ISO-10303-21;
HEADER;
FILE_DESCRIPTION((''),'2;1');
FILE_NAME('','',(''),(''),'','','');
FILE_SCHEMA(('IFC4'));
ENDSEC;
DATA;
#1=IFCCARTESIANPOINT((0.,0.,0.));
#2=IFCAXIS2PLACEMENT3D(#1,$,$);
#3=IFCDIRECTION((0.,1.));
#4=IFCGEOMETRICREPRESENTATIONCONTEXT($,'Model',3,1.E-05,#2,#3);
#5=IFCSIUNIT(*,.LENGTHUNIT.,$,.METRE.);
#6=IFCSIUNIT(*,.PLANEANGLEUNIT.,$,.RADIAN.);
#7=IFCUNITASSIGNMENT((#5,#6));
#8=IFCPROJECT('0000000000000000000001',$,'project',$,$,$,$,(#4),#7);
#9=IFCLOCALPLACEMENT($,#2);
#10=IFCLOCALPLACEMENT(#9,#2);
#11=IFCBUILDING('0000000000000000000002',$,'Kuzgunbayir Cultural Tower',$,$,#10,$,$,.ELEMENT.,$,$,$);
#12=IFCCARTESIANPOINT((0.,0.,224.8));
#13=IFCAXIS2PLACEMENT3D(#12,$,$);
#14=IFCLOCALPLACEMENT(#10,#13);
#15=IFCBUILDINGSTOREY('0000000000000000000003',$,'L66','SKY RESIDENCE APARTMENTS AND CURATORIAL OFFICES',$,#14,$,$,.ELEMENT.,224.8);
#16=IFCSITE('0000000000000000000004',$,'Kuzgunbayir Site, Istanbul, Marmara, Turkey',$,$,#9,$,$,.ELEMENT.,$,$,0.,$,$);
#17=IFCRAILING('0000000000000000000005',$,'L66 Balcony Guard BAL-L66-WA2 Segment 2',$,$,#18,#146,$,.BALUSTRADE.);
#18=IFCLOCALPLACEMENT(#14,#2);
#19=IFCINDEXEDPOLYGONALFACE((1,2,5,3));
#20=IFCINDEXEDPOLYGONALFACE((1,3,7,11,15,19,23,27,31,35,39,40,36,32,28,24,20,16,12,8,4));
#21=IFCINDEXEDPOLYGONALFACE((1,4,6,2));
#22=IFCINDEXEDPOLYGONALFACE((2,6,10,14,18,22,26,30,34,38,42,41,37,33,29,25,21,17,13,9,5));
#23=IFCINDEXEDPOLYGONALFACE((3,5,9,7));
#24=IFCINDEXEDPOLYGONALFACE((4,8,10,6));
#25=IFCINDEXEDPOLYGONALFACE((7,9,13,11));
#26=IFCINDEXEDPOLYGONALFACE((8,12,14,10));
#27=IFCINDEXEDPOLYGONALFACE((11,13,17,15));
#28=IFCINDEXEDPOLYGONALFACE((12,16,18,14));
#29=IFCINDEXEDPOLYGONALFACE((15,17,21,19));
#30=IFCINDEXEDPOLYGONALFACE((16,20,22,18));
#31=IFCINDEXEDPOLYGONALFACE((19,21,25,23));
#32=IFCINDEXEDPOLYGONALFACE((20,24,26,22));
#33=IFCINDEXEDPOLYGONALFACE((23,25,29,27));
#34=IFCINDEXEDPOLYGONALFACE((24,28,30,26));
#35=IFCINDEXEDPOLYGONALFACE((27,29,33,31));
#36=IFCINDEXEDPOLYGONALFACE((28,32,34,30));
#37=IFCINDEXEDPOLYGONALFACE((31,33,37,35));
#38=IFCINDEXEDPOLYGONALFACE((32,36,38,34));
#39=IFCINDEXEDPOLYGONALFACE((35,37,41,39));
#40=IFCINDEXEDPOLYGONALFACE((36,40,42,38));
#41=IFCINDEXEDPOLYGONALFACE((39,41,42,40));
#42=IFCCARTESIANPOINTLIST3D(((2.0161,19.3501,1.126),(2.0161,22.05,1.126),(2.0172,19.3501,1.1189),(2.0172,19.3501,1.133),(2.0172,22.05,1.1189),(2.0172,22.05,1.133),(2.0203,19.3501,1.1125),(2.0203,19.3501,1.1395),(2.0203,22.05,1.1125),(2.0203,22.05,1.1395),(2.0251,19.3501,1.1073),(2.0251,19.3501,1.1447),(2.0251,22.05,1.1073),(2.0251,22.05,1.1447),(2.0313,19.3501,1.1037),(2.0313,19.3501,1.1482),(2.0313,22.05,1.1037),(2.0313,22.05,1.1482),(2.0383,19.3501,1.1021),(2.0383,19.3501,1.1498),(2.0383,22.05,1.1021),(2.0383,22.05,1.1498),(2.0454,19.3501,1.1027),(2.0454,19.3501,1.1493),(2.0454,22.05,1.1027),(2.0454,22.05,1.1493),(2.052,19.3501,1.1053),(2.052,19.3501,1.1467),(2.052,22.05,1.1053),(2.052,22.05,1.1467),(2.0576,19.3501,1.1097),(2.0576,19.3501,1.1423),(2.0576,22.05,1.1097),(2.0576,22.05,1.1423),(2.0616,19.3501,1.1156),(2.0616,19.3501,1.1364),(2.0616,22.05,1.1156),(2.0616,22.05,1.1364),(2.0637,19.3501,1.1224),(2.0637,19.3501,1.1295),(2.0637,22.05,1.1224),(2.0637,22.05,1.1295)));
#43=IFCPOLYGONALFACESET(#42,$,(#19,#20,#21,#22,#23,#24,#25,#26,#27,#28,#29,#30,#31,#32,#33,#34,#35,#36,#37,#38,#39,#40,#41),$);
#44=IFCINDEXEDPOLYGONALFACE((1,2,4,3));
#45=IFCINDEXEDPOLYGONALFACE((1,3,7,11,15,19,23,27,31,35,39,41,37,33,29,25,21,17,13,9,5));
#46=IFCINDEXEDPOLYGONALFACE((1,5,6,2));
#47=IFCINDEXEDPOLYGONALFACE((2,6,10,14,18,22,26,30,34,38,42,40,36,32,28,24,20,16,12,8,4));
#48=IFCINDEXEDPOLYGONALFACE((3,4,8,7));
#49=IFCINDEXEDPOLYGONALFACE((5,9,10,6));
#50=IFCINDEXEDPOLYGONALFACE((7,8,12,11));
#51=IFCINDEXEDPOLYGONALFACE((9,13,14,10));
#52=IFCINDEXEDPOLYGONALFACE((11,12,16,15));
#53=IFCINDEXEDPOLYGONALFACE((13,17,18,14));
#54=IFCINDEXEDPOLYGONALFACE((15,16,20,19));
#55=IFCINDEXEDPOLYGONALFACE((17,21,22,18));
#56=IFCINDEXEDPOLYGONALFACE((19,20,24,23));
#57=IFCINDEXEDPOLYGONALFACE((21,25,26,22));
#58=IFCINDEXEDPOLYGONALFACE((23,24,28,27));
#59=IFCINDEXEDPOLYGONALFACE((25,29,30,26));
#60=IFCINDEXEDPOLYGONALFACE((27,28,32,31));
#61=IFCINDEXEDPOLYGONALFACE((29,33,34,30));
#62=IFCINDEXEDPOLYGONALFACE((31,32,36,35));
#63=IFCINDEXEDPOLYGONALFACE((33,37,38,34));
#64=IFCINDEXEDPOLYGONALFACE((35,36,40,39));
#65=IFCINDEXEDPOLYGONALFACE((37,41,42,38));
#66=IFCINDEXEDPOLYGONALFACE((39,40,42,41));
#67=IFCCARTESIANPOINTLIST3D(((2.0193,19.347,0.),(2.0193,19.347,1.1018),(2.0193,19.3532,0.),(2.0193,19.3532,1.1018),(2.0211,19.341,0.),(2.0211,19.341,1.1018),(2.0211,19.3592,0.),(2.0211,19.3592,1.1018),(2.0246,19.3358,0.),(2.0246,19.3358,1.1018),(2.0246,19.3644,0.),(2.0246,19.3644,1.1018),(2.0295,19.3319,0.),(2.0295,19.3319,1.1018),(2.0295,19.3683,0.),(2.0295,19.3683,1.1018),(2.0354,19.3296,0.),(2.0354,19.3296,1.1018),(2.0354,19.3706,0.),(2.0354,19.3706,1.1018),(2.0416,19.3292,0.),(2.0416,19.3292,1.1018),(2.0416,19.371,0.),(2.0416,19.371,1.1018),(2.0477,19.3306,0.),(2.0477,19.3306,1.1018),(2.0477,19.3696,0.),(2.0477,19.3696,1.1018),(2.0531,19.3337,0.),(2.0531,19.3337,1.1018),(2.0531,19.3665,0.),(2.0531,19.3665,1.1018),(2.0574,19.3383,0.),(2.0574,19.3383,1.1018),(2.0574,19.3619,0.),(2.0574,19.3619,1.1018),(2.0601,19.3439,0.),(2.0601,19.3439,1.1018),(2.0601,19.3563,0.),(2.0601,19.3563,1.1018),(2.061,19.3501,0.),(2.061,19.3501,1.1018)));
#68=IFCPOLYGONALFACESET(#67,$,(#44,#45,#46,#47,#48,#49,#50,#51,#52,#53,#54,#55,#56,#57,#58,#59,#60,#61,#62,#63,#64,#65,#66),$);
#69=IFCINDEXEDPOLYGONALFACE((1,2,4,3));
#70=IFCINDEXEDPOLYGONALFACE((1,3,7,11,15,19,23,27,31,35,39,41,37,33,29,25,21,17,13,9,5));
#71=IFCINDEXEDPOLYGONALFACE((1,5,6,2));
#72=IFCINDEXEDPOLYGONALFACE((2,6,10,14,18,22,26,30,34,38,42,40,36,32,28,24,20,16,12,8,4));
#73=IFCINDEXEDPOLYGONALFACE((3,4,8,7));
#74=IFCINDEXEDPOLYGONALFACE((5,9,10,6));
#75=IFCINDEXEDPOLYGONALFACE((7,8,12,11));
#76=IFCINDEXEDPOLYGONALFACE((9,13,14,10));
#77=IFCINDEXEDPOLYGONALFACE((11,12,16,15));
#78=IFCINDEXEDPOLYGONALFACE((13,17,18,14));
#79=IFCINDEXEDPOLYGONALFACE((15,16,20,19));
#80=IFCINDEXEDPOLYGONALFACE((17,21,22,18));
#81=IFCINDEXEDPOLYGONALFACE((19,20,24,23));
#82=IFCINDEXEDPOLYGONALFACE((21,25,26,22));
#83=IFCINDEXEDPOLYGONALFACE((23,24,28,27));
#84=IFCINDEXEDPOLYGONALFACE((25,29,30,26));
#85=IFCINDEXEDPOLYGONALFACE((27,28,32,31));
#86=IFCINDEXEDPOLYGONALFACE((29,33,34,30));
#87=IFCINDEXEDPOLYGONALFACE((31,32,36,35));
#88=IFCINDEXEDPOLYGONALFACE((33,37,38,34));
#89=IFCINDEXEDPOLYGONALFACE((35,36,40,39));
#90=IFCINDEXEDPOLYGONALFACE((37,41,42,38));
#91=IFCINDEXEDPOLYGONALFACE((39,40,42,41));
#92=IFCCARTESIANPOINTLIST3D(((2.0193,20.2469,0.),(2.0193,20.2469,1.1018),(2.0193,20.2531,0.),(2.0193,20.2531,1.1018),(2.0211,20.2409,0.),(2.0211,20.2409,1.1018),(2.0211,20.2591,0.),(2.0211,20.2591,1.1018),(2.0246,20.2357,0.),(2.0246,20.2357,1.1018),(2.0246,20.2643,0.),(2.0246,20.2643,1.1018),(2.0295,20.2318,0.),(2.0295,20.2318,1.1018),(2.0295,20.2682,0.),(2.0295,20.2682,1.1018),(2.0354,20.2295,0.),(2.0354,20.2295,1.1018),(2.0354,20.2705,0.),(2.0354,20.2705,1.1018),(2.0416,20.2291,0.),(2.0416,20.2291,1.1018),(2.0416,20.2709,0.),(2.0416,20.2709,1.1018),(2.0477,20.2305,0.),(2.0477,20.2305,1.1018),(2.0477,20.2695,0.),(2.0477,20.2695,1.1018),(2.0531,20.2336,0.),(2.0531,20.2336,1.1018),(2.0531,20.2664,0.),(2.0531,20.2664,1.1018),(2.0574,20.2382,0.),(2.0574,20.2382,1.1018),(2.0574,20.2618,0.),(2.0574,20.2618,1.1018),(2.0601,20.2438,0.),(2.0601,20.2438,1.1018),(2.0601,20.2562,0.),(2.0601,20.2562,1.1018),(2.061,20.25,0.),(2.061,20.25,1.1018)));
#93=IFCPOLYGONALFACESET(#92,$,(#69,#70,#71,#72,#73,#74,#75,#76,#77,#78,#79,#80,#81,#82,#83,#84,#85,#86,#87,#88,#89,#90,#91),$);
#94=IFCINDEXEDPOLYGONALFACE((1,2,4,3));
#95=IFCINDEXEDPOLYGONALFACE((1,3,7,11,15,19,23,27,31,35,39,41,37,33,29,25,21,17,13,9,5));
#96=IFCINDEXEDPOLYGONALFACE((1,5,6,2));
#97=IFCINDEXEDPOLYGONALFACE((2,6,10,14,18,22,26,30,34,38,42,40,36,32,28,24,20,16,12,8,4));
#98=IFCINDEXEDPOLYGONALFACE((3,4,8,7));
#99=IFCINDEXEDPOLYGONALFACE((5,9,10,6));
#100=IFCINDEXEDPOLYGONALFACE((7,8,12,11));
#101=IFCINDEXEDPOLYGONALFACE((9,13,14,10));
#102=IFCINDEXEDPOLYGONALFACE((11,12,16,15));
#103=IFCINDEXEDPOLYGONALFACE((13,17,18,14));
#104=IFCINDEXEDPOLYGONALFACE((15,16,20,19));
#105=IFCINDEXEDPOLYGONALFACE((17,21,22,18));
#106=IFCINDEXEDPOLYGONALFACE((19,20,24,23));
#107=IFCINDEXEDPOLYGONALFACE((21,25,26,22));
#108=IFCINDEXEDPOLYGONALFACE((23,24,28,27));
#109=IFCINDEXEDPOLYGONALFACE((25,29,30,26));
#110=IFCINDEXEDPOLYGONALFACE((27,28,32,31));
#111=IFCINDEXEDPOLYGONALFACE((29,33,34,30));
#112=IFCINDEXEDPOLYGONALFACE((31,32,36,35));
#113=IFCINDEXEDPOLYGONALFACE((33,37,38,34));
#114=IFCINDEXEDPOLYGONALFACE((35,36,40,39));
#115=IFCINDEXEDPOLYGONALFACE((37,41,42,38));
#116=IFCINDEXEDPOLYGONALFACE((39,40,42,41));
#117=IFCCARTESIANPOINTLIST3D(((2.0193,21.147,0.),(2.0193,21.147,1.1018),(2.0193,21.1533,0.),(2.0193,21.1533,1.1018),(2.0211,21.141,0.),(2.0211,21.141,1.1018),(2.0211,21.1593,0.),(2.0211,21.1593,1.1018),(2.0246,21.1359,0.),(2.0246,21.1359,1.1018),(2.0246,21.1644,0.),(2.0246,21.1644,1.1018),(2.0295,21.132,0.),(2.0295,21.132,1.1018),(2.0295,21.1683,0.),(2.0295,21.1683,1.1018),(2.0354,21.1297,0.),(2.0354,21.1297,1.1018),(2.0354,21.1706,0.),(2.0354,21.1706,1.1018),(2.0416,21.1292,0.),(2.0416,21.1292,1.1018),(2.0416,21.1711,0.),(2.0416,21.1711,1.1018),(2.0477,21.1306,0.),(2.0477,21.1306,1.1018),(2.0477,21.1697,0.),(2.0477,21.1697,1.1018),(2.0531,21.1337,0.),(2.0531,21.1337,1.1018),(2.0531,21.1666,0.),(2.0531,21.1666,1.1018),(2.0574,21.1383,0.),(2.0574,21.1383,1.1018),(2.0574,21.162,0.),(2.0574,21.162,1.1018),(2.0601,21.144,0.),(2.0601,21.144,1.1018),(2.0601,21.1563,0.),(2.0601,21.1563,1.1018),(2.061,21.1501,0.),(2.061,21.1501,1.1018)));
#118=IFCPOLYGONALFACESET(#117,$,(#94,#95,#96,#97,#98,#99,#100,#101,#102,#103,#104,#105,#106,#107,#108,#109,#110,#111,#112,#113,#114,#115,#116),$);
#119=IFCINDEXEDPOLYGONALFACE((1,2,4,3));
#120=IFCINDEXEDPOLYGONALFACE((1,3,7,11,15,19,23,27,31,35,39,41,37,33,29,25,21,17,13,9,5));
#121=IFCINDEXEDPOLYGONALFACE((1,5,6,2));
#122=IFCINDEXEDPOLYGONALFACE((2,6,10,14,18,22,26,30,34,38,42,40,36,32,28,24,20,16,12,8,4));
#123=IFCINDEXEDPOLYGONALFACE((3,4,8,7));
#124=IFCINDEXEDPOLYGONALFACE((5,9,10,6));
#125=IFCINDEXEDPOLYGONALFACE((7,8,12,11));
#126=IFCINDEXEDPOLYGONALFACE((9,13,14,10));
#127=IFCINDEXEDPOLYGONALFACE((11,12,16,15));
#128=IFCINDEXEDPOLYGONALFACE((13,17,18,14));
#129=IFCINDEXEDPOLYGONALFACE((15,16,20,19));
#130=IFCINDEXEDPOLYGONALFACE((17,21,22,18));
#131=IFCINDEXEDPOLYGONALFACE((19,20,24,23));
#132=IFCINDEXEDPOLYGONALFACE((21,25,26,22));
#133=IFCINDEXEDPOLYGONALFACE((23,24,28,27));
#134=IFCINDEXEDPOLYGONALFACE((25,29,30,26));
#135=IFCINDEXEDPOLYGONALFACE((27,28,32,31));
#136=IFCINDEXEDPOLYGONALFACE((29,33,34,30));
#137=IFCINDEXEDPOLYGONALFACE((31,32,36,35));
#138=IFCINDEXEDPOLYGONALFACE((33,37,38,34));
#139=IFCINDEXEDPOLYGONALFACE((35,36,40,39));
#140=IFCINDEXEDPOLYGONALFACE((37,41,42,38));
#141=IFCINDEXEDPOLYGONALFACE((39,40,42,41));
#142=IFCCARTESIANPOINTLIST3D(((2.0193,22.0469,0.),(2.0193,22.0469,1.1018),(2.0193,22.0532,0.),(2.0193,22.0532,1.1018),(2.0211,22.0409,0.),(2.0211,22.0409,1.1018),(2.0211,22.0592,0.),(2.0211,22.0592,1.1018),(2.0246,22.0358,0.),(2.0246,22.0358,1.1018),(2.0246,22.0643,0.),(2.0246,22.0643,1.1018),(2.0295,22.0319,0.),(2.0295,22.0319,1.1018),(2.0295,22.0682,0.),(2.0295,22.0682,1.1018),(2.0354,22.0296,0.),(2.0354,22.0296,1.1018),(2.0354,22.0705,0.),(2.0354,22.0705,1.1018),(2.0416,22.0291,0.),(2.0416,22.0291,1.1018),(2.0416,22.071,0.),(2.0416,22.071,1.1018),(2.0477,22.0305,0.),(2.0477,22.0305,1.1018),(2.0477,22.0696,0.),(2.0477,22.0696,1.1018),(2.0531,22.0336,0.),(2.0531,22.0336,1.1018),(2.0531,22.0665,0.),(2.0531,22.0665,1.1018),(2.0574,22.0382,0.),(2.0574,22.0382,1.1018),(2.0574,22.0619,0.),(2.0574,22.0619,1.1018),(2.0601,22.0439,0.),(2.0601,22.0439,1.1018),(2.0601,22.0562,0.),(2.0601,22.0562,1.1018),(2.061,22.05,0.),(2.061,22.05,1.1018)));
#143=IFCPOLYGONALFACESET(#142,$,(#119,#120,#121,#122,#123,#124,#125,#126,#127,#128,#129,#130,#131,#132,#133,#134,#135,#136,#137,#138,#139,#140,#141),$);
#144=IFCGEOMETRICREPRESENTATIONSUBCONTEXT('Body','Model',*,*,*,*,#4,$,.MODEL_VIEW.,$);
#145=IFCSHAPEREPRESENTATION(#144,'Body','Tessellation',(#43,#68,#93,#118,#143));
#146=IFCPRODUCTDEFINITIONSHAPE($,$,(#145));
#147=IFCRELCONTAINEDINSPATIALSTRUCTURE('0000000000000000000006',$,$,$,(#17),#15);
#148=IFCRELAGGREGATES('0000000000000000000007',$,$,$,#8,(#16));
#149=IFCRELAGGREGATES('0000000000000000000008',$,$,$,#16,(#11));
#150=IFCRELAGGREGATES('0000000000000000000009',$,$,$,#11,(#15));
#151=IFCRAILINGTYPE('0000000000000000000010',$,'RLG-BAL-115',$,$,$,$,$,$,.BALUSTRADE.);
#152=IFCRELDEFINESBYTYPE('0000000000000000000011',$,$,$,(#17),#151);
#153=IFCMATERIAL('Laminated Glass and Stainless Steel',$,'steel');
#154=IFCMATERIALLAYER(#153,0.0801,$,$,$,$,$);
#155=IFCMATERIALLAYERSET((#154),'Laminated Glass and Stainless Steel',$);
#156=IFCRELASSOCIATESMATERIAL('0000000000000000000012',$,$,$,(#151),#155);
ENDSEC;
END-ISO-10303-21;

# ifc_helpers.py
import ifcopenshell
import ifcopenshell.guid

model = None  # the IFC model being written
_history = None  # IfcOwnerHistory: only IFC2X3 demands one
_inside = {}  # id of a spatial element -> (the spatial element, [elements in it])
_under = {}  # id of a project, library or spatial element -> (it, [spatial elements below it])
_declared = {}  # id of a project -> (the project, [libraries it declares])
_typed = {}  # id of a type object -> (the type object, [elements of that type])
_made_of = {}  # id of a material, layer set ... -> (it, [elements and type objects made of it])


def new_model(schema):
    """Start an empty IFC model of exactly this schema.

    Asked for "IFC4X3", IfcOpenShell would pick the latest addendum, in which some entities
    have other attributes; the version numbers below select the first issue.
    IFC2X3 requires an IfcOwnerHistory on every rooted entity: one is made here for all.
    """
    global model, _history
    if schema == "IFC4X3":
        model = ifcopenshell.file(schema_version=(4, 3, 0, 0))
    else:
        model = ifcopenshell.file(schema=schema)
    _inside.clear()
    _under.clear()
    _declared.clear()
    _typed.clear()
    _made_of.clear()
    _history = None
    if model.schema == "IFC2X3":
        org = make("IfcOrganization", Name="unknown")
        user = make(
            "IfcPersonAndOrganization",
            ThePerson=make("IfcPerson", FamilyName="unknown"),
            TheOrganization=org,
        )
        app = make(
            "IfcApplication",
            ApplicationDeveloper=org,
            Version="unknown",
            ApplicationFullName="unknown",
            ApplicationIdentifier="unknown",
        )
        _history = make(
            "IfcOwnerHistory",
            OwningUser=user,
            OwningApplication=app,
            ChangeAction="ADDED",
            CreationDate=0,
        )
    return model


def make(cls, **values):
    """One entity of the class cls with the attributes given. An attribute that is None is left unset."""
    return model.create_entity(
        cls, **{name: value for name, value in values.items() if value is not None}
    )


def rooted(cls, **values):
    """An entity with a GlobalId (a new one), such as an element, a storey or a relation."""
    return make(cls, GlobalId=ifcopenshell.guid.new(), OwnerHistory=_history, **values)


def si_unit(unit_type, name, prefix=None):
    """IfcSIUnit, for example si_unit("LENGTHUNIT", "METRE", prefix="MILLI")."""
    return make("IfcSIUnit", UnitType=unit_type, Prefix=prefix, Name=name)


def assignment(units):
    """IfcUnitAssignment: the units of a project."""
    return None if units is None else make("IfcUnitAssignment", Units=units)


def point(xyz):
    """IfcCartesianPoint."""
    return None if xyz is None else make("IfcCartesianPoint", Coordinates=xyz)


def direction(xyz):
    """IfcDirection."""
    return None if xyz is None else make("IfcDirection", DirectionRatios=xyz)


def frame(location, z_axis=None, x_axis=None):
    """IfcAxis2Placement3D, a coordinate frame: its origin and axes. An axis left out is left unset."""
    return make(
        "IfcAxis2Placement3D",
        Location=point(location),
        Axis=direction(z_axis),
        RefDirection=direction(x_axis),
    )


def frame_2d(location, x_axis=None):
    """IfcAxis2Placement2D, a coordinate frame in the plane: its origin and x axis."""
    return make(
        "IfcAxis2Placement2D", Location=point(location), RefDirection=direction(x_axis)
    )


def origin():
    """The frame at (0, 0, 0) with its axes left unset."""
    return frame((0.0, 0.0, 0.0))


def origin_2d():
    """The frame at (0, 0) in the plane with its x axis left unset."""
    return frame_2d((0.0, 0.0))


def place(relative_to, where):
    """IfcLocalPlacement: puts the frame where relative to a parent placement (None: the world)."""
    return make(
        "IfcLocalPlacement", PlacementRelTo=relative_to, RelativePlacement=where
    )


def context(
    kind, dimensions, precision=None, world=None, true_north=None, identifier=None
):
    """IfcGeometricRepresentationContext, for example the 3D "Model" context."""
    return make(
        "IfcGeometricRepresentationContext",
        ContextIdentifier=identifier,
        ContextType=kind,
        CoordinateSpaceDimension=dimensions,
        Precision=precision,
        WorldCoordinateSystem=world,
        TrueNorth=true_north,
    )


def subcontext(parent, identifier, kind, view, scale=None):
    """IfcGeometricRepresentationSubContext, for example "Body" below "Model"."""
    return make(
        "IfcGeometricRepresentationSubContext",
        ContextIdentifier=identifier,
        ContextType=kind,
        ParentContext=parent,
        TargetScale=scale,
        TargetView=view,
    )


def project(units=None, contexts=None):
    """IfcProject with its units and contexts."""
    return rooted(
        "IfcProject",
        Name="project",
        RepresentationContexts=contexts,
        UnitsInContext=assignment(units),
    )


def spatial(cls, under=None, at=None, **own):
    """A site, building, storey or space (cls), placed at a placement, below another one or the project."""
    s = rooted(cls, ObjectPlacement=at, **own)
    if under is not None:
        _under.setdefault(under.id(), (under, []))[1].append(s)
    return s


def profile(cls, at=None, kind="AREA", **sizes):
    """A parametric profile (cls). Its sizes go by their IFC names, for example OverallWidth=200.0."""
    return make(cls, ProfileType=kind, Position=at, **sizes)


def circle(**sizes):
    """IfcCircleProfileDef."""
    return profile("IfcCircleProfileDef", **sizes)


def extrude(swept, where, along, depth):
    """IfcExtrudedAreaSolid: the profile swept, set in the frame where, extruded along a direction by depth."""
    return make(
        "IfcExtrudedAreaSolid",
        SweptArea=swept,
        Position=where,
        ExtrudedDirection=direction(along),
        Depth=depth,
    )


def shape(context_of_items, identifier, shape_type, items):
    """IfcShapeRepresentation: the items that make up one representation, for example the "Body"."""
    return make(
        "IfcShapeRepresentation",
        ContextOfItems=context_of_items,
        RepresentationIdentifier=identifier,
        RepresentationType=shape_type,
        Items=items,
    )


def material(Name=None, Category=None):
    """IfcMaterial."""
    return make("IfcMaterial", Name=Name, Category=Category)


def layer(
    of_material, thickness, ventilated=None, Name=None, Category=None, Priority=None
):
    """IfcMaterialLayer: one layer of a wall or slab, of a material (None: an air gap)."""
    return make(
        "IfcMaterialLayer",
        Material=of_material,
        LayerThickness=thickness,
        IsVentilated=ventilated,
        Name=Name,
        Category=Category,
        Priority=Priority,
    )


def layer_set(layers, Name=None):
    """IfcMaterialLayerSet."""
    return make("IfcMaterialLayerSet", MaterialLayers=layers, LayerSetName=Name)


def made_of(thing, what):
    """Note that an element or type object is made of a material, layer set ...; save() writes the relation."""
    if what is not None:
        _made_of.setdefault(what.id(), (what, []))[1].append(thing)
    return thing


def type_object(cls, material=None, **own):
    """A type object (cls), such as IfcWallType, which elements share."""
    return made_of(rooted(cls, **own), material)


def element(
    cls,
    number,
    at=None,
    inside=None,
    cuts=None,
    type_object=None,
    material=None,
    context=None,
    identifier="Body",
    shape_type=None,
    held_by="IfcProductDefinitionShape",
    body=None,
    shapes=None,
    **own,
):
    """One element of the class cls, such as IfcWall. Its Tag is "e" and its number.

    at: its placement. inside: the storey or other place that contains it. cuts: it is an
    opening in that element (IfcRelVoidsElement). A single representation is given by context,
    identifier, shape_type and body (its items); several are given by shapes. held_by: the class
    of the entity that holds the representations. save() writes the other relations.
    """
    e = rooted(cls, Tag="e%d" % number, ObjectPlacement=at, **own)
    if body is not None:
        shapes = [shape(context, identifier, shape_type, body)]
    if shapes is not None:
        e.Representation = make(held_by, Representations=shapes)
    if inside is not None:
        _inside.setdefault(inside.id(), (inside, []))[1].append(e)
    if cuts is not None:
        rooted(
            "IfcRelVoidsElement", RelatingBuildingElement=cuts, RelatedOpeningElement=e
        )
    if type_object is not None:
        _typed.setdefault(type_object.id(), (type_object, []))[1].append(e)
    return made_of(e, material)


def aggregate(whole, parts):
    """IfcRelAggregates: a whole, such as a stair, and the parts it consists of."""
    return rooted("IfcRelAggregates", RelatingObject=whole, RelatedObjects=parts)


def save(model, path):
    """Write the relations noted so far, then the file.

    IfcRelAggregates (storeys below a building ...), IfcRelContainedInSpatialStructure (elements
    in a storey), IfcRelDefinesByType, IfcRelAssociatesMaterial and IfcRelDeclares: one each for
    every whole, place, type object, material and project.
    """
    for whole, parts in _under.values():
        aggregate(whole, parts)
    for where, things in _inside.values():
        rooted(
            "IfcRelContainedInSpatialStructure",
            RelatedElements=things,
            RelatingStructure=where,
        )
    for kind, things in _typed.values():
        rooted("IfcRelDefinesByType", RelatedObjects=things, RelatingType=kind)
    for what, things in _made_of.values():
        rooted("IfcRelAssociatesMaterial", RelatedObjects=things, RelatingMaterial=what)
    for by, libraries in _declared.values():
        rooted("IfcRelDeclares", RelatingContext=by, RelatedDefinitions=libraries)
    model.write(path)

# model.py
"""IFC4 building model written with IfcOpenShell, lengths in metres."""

from ifc_helpers import new_model, si_unit, direction, frame, origin, origin_2d, place, context, subcontext, project, spatial, circle, extrude, material, layer, layer_set, type_object, element, save


model = new_model("IFC4")

# Units and contexts
model_context = context("Model", 3, precision=1e-05, world=origin(), true_north=direction((0.0, 1.0)))
body_context = subcontext(model_context, "Body", "Model", "MODEL_VIEW")
ifc_project = project(units=[si_unit("LENGTHUNIT", "METRE"), si_unit("PLANEANGLEUNIT", "RADIAN")], contexts=[model_context])

# Site, building, storey
site_placement = place(None, origin())
site = spatial("IfcSite", under=ifc_project, at=site_placement, Name="Kuzgunbayir Site, Istanbul, Marmara, Turkey", CompositionType="ELEMENT", RefElevation=0.0)
building_placement = place(site_placement, origin())
building = spatial("IfcBuilding", under=site, at=building_placement, Name="Kuzgunbayir Cultural Tower", CompositionType="ELEMENT")
storey_placement = place(building_placement, frame((0.0, 0.0, 224.8)))
storey = spatial("IfcBuildingStorey", under=building, at=storey_placement, Name="L66", Description="SKY RESIDENCE APARTMENTS AND CURATORIAL OFFICES", CompositionType="ELEMENT", Elevation=224.8)

# Railing
ifc_material_1 = material(Name="Laminated Glass and Stainless Steel", Category="steel")
ifc_layer_1 = layer(ifc_material_1, 0.0801)
ifc_layer_set_1 = layer_set([ifc_layer_1], Name="Laminated Glass and Stainless Steel")
railing_type = type_object("IfcRailingType", Name="RLG-BAL-115", PredefinedType="BALUSTRADE", material=ifc_layer_set_1)
railing_1_placement = place(storey_placement, frame((2.04, 19.3501, 0.0)))
element("IfcRailing", 1, at=railing_1_placement, inside=storey, type_object=railing_type, Name="L66 Balcony Guard BAL-L66-WA2 Segment 2", PredefinedType="BALUSTRADE", context=body_context, shape_type="SweptSolid", body=[
    extrude(circle(Radius=0.0239, at=origin_2d()), frame((0.0, 0.0, 1.126), z_axis=(0.0, 1.0, 0.0), x_axis=(-1.0, 0.0, 0.0)), (0.0, 0.0, 1.0), 2.7),
    extrude(circle(Radius=0.021, at=origin_2d()), origin(), (0.0, 0.0, 1.0), 1.1018),
    extrude(circle(Radius=0.021, at=origin_2d()), frame((0.0, 0.8999, 0.0)), (0.0, 0.0, 1.0), 1.1018),
    extrude(circle(Radius=0.021, at=origin_2d()), frame((0.0, 1.8, 0.0)), (0.0, 0.0, 1.0), 1.1018),
    extrude(circle(Radius=0.021, at=origin_2d()), frame((0.0, 2.7, 0.0)), (0.0, 0.0, 1.0), 1.1018),
])

save(model, "model.ifc")
